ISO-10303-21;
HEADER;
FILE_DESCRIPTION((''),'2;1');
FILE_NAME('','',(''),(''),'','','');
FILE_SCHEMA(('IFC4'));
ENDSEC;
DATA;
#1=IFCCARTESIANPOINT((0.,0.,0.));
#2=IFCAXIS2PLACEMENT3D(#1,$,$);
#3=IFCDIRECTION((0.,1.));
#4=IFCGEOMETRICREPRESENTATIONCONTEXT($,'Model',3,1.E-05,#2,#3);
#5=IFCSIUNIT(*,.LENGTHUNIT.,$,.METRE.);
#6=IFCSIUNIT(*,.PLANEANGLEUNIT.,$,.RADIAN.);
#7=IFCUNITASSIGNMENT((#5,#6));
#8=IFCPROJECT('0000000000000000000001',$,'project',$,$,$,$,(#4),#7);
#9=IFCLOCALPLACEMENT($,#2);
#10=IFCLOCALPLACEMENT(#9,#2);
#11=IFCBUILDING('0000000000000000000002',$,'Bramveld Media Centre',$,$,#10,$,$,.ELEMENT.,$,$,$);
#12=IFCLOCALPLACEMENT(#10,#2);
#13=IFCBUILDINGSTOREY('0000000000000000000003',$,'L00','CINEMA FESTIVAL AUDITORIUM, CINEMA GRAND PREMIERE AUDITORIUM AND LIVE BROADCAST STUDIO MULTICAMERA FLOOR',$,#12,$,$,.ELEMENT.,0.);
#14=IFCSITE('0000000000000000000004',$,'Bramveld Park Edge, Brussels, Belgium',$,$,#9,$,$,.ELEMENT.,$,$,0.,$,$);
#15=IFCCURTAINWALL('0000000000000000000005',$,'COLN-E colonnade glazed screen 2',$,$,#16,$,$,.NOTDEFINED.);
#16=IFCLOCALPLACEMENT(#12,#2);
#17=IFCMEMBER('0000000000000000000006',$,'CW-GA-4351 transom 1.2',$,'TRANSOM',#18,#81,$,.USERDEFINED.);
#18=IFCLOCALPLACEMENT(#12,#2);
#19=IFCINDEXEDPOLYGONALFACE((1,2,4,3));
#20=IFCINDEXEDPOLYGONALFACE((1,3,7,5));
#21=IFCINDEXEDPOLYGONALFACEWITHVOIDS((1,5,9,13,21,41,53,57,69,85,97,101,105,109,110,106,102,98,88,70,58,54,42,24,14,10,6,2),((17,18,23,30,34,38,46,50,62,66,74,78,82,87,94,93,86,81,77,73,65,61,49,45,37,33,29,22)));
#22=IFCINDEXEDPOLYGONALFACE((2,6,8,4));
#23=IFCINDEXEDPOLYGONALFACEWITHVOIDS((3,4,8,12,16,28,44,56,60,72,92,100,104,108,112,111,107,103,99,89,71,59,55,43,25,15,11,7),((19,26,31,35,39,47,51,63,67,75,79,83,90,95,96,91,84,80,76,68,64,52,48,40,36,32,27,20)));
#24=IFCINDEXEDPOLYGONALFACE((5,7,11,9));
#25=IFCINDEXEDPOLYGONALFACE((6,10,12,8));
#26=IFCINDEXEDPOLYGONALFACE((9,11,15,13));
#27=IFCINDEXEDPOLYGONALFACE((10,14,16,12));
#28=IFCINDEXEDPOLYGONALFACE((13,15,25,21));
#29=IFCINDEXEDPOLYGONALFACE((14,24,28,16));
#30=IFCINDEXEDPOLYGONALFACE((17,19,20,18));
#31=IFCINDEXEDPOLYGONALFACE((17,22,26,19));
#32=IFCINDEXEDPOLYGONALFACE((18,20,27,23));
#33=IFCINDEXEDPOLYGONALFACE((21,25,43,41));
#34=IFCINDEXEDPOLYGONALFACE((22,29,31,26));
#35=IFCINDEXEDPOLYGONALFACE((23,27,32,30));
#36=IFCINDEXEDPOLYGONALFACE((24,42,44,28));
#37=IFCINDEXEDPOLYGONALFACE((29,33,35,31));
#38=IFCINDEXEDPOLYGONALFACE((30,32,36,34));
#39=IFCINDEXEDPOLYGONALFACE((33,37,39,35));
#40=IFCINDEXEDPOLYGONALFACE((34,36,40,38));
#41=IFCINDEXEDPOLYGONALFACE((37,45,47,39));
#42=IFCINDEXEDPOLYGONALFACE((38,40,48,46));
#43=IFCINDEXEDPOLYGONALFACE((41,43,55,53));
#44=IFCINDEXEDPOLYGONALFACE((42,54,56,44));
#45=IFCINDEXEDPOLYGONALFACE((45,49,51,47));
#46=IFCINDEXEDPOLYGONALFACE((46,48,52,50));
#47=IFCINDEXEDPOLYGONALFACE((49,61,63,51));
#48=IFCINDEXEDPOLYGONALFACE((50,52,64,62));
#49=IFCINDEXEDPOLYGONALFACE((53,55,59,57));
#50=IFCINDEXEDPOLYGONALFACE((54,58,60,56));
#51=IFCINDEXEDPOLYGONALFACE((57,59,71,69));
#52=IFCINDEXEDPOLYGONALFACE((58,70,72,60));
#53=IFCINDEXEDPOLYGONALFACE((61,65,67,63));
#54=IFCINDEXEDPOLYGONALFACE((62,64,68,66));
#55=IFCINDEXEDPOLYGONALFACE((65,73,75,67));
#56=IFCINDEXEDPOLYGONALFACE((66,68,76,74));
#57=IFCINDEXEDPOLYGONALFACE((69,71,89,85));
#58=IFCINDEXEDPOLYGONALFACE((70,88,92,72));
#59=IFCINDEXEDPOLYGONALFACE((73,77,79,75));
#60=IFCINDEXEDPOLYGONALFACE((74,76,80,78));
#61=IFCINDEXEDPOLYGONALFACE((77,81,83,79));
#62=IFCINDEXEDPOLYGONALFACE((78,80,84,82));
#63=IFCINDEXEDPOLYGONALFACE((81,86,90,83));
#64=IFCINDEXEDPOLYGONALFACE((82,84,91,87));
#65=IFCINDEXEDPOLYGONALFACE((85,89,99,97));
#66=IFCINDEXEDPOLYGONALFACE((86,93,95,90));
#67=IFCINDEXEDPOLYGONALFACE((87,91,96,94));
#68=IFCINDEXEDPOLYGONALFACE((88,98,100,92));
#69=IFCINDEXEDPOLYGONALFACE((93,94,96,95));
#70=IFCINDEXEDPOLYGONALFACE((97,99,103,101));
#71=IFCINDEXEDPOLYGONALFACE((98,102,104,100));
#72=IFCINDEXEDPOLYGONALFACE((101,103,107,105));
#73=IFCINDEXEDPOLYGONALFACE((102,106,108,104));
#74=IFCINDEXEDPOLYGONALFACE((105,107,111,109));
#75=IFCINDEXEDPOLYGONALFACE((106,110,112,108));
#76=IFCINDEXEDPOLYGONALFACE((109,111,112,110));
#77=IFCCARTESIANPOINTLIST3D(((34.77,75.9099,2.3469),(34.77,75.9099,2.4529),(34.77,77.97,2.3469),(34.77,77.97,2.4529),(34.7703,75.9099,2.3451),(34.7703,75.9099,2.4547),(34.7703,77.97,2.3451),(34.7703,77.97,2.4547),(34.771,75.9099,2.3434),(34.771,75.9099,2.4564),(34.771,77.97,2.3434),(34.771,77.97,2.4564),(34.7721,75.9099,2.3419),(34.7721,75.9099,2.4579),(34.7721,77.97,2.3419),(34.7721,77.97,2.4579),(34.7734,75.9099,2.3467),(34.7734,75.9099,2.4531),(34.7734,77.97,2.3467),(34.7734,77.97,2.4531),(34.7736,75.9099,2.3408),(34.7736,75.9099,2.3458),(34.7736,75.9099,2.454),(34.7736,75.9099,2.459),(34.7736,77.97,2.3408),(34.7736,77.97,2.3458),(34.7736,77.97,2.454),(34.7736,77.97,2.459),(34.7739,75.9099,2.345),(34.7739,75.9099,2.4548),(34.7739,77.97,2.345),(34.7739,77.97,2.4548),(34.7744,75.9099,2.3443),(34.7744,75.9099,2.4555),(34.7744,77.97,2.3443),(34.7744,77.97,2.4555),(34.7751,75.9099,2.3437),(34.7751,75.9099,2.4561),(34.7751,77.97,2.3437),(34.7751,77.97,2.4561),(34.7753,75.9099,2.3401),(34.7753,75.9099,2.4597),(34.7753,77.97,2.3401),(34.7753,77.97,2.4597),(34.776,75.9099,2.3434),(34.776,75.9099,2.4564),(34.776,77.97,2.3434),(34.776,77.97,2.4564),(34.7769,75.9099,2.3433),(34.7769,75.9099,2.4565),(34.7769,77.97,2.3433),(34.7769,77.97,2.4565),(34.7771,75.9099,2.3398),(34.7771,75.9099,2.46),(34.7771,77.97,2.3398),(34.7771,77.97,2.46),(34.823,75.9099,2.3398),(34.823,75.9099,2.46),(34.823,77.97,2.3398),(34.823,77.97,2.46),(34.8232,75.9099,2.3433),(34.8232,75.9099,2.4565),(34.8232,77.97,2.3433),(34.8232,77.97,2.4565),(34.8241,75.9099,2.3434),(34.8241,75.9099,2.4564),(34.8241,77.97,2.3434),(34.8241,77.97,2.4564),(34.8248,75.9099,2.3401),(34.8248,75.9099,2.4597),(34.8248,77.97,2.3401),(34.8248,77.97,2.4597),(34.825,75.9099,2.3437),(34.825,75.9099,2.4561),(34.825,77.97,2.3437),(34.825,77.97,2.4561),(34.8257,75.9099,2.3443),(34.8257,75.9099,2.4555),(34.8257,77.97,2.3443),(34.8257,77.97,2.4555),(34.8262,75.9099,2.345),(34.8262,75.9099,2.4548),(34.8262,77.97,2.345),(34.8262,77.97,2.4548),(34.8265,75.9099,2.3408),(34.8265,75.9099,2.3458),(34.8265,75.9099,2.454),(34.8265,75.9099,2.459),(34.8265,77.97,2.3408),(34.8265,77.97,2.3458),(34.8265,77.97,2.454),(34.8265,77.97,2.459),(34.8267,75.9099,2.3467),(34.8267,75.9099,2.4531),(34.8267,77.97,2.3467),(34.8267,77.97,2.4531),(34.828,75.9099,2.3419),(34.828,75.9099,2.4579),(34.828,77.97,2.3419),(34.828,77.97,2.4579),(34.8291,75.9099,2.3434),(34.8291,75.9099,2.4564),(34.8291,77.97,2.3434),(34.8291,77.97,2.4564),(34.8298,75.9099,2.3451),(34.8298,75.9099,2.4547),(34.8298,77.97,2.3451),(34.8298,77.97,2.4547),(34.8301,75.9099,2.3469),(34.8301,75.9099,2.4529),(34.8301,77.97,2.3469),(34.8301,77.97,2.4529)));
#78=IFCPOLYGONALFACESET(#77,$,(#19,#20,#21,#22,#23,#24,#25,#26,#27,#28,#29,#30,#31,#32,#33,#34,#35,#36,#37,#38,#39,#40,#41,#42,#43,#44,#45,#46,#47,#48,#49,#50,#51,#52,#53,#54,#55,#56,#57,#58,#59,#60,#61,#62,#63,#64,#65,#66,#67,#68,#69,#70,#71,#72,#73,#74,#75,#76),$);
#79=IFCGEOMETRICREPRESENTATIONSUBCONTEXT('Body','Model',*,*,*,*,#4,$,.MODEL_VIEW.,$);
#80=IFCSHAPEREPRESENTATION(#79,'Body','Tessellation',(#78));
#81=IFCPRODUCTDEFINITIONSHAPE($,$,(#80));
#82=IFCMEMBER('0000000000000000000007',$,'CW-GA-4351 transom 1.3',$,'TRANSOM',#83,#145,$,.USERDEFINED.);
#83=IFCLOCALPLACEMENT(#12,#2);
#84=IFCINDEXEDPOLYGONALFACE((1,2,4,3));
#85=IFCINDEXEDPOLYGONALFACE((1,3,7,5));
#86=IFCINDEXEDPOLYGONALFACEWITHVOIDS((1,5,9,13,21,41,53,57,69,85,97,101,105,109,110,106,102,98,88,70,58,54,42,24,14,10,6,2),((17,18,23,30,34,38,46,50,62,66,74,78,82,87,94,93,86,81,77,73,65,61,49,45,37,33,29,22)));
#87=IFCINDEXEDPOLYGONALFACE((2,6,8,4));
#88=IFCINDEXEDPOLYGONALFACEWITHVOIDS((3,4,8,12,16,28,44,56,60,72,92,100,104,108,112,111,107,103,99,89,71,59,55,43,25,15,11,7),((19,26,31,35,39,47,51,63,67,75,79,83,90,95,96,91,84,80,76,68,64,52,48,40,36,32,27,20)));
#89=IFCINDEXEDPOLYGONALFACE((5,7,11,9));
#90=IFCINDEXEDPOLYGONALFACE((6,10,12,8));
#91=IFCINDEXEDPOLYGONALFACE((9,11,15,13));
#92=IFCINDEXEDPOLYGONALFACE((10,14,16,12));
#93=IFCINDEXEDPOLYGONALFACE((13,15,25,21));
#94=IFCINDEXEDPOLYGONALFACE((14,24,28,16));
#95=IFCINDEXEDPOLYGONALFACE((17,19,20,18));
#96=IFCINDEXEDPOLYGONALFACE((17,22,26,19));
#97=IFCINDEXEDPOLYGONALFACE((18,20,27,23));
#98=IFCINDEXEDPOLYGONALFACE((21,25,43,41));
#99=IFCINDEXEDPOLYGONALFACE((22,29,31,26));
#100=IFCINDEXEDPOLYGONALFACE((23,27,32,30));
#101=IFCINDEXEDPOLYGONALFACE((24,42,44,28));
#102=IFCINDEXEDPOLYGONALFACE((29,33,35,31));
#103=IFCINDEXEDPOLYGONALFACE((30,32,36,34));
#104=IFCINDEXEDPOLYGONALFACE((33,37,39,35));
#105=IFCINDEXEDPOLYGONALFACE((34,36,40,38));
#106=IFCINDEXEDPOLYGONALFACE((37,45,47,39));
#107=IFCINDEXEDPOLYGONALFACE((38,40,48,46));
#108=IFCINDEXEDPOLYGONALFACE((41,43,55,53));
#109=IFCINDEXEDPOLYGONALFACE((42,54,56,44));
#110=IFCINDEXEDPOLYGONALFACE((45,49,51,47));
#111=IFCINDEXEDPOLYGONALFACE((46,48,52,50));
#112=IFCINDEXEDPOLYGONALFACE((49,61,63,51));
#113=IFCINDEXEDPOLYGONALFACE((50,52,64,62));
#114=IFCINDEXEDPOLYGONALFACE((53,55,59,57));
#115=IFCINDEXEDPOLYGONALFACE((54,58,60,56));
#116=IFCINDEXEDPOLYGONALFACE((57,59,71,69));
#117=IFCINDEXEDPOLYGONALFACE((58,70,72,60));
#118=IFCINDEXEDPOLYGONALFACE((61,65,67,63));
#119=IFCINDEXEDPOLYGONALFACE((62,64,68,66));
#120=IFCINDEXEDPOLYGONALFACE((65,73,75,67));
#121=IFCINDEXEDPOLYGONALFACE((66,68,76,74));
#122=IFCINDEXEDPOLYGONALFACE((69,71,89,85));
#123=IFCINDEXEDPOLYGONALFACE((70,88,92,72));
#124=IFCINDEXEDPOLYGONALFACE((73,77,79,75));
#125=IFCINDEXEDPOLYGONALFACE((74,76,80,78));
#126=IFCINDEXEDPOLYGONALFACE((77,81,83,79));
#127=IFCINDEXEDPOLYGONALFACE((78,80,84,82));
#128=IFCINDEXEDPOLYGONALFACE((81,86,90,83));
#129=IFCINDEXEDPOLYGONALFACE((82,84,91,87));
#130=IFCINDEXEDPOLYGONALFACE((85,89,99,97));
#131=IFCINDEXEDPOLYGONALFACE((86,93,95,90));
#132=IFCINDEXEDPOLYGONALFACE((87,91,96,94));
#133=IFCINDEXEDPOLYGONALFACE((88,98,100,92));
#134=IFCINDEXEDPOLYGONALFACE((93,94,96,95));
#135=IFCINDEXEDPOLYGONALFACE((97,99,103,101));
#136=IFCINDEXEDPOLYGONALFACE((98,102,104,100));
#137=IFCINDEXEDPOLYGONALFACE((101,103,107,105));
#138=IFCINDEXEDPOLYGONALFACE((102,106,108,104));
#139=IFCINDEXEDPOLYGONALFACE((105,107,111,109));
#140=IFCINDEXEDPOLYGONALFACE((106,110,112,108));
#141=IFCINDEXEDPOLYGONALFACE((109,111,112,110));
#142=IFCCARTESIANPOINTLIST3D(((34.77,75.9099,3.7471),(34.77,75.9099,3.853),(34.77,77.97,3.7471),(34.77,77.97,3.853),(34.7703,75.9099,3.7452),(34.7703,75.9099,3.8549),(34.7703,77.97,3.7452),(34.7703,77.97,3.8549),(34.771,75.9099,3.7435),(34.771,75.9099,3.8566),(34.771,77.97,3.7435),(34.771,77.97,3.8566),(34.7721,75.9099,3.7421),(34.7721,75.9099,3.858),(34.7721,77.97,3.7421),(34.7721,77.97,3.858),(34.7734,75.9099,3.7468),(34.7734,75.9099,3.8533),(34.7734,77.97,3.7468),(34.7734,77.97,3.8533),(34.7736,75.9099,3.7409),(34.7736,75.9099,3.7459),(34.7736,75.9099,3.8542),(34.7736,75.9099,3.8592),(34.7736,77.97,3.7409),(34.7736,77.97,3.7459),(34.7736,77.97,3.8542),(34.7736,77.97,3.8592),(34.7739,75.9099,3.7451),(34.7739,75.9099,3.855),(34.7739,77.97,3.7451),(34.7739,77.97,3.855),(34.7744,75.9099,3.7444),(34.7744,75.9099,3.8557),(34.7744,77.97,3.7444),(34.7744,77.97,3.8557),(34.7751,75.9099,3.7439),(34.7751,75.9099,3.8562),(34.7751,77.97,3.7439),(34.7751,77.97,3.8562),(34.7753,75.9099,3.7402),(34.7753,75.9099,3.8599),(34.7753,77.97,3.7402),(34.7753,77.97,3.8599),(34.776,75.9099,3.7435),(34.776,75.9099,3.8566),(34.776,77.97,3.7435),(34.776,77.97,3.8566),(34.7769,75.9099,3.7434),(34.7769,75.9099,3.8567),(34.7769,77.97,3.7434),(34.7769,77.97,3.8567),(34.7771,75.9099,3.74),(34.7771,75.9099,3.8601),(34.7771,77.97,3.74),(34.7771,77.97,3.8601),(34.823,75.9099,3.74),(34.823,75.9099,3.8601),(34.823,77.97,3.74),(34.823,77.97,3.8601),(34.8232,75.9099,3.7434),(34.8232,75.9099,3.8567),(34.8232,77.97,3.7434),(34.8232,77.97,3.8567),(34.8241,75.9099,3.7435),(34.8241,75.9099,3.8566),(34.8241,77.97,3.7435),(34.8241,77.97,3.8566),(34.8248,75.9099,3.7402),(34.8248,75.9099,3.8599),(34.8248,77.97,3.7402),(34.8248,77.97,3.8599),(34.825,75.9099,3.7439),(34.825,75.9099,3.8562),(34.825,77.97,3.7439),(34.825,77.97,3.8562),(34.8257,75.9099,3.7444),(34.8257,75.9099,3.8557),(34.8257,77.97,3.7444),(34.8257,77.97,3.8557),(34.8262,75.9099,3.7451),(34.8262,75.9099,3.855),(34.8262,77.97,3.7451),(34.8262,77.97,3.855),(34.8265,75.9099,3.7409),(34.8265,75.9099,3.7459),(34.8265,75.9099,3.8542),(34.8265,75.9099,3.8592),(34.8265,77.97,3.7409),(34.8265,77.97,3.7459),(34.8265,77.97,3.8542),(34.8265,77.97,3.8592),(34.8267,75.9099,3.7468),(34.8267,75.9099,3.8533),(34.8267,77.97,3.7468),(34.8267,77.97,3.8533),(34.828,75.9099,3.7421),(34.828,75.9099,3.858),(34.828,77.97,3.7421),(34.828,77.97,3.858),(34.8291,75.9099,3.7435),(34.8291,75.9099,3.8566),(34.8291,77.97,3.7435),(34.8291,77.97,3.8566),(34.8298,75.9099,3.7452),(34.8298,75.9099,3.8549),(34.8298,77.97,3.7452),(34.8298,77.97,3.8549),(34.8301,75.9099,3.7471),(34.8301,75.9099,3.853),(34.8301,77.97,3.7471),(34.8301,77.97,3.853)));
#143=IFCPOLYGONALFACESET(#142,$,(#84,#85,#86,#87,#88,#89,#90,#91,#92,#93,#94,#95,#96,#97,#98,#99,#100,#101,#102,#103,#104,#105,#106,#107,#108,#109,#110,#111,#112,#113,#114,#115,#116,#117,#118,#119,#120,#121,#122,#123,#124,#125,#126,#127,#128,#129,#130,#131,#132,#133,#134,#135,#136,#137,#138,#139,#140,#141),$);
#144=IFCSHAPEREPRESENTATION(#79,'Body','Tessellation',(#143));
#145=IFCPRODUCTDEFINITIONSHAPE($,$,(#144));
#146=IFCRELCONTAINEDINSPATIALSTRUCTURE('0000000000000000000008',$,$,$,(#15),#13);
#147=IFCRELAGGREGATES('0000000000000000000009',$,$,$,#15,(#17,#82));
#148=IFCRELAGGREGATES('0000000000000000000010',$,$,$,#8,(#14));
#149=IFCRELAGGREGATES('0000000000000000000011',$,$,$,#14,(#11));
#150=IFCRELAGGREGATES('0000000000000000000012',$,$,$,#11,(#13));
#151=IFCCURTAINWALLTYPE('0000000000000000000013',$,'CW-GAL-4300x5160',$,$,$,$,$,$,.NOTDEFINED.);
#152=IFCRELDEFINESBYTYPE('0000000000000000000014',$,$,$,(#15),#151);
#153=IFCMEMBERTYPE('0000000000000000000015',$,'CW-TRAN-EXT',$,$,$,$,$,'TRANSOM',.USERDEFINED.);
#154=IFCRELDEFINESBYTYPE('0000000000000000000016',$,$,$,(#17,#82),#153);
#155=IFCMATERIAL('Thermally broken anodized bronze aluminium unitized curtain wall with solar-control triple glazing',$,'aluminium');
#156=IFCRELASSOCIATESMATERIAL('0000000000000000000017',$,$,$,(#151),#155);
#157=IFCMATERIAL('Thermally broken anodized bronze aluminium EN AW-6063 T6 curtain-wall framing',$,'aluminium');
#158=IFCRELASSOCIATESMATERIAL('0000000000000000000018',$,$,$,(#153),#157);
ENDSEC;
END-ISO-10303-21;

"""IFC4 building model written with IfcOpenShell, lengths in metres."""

from ifc_helpers import new_model, si_unit, direction, frame, origin, origin_2d, place, context, subcontext, project, spatial, hollow_rectangle, extrude, material, material_profile, profile_set, type_object, element, aggregate, save


model = new_model("IFC4")

# Units and contexts
model_context = context("Model", 3, precision=1e-05, world=origin(), true_north=direction((0.0, 1.0)))
body_context = subcontext(model_context, "Body", "Model", "MODEL_VIEW")
ifc_project = project(units=[si_unit("LENGTHUNIT", "METRE"), si_unit("PLANEANGLEUNIT", "RADIAN")], contexts=[model_context])

# Site, building, storey
site_placement = place(None, origin())
site = spatial("IfcSite", under=ifc_project, at=site_placement, Name="Bramveld Park Edge, Brussels, Belgium", CompositionType="ELEMENT", RefElevation=0.0)
building_placement = place(site_placement, origin())
building = spatial("IfcBuilding", under=site, at=building_placement, Name="Bramveld Media Centre", CompositionType="ELEMENT")
storey_placement = place(building_placement, origin())
storey = spatial("IfcBuildingStorey", under=building, at=storey_placement, Name="L00", Description="CINEMA FESTIVAL AUDITORIUM, CINEMA GRAND PREMIERE AUDITORIUM AND LIVE BROADCAST STUDIO MULTICAMERA FLOOR", CompositionType="ELEMENT", Elevation=0.0)

# Curtain wall
ifc_material_1 = material(Name="Thermally broken anodized bronze aluminium unitized curtain wall with solar-control triple glazing", Category="aluminium")
curtain_wall_type_1 = type_object("IfcCurtainWallType", Name="CW-GAL-4300x5160", PredefinedType="NOTDEFINED", material=ifc_material_1)
curtain_wall_1_placement = place(storey_placement, origin())
curtain_wall_1 = element("IfcCurtainWall", 1, at=curtain_wall_1_placement, inside=storey, type_object=curtain_wall_type_1, Name="COLN-E colonnade glazed screen 2", PredefinedType="NOTDEFINED")

# Members
ifc_material_2 = material(Name="Thermally broken anodized bronze aluminium EN AW-6063 T6 curtain-wall framing", Category="aluminium")
ifc_material_profile_1 = material_profile(ifc_material_2, hollow_rectangle(XDim=0.0601, YDim=0.1201, WallThickness=0.0034, InnerFilletRadius=0.0034, OuterFilletRadius=0.0071, at=origin_2d()), Name="AL-TRAN 60x120")
ifc_profile_set_1 = profile_set([ifc_material_profile_1], Name="Thermally broken anodized bronze aluminium EN AW-6063 T6 curtain-wall framing")
member_type_1 = type_object("IfcMemberType", Name="CW-TRAN-EXT", ElementType="TRANSOM", PredefinedType="USERDEFINED", material=ifc_profile_set_1)
member_1_placement = place(storey_placement, frame((34.8, 75.9099, 2.3999), z_axis=(0.0, 1.0, 0.0), x_axis=(-1.0, 0.0, 0.0)))
member_1 = element("IfcMember", 2, at=member_1_placement, type_object=member_type_1, Name="CW-GA-4351 transom 1.2", ObjectType="TRANSOM", PredefinedType="USERDEFINED", context=body_context, shape_type="SweptSolid", body=[
    extrude(hollow_rectangle(XDim=0.0601, YDim=0.1201, WallThickness=0.0034, InnerFilletRadius=0.0034, OuterFilletRadius=0.0071, at=origin_2d()), origin(), (0.0, 0.0, 1.0), 2.0601),
])
member_2_placement = place(storey_placement, frame((34.8, 75.9099, 3.8), z_axis=(0.0, 1.0, 0.0), x_axis=(-1.0, 0.0, 0.0)))
member_2 = element("IfcMember", 3, at=member_2_placement, type_object=member_type_1, Name="CW-GA-4351 transom 1.3", ObjectType="TRANSOM", PredefinedType="USERDEFINED", context=body_context, shape_type="SweptSolid", body=[
    extrude(hollow_rectangle(XDim=0.0601, YDim=0.1201, WallThickness=0.0034, InnerFilletRadius=0.0034, OuterFilletRadius=0.0071, at=origin_2d()), origin(), (0.0, 0.0, 1.0), 2.0601),
])

aggregate(curtain_wall_1, [member_1, member_2])

save(model, "model.ifc")
